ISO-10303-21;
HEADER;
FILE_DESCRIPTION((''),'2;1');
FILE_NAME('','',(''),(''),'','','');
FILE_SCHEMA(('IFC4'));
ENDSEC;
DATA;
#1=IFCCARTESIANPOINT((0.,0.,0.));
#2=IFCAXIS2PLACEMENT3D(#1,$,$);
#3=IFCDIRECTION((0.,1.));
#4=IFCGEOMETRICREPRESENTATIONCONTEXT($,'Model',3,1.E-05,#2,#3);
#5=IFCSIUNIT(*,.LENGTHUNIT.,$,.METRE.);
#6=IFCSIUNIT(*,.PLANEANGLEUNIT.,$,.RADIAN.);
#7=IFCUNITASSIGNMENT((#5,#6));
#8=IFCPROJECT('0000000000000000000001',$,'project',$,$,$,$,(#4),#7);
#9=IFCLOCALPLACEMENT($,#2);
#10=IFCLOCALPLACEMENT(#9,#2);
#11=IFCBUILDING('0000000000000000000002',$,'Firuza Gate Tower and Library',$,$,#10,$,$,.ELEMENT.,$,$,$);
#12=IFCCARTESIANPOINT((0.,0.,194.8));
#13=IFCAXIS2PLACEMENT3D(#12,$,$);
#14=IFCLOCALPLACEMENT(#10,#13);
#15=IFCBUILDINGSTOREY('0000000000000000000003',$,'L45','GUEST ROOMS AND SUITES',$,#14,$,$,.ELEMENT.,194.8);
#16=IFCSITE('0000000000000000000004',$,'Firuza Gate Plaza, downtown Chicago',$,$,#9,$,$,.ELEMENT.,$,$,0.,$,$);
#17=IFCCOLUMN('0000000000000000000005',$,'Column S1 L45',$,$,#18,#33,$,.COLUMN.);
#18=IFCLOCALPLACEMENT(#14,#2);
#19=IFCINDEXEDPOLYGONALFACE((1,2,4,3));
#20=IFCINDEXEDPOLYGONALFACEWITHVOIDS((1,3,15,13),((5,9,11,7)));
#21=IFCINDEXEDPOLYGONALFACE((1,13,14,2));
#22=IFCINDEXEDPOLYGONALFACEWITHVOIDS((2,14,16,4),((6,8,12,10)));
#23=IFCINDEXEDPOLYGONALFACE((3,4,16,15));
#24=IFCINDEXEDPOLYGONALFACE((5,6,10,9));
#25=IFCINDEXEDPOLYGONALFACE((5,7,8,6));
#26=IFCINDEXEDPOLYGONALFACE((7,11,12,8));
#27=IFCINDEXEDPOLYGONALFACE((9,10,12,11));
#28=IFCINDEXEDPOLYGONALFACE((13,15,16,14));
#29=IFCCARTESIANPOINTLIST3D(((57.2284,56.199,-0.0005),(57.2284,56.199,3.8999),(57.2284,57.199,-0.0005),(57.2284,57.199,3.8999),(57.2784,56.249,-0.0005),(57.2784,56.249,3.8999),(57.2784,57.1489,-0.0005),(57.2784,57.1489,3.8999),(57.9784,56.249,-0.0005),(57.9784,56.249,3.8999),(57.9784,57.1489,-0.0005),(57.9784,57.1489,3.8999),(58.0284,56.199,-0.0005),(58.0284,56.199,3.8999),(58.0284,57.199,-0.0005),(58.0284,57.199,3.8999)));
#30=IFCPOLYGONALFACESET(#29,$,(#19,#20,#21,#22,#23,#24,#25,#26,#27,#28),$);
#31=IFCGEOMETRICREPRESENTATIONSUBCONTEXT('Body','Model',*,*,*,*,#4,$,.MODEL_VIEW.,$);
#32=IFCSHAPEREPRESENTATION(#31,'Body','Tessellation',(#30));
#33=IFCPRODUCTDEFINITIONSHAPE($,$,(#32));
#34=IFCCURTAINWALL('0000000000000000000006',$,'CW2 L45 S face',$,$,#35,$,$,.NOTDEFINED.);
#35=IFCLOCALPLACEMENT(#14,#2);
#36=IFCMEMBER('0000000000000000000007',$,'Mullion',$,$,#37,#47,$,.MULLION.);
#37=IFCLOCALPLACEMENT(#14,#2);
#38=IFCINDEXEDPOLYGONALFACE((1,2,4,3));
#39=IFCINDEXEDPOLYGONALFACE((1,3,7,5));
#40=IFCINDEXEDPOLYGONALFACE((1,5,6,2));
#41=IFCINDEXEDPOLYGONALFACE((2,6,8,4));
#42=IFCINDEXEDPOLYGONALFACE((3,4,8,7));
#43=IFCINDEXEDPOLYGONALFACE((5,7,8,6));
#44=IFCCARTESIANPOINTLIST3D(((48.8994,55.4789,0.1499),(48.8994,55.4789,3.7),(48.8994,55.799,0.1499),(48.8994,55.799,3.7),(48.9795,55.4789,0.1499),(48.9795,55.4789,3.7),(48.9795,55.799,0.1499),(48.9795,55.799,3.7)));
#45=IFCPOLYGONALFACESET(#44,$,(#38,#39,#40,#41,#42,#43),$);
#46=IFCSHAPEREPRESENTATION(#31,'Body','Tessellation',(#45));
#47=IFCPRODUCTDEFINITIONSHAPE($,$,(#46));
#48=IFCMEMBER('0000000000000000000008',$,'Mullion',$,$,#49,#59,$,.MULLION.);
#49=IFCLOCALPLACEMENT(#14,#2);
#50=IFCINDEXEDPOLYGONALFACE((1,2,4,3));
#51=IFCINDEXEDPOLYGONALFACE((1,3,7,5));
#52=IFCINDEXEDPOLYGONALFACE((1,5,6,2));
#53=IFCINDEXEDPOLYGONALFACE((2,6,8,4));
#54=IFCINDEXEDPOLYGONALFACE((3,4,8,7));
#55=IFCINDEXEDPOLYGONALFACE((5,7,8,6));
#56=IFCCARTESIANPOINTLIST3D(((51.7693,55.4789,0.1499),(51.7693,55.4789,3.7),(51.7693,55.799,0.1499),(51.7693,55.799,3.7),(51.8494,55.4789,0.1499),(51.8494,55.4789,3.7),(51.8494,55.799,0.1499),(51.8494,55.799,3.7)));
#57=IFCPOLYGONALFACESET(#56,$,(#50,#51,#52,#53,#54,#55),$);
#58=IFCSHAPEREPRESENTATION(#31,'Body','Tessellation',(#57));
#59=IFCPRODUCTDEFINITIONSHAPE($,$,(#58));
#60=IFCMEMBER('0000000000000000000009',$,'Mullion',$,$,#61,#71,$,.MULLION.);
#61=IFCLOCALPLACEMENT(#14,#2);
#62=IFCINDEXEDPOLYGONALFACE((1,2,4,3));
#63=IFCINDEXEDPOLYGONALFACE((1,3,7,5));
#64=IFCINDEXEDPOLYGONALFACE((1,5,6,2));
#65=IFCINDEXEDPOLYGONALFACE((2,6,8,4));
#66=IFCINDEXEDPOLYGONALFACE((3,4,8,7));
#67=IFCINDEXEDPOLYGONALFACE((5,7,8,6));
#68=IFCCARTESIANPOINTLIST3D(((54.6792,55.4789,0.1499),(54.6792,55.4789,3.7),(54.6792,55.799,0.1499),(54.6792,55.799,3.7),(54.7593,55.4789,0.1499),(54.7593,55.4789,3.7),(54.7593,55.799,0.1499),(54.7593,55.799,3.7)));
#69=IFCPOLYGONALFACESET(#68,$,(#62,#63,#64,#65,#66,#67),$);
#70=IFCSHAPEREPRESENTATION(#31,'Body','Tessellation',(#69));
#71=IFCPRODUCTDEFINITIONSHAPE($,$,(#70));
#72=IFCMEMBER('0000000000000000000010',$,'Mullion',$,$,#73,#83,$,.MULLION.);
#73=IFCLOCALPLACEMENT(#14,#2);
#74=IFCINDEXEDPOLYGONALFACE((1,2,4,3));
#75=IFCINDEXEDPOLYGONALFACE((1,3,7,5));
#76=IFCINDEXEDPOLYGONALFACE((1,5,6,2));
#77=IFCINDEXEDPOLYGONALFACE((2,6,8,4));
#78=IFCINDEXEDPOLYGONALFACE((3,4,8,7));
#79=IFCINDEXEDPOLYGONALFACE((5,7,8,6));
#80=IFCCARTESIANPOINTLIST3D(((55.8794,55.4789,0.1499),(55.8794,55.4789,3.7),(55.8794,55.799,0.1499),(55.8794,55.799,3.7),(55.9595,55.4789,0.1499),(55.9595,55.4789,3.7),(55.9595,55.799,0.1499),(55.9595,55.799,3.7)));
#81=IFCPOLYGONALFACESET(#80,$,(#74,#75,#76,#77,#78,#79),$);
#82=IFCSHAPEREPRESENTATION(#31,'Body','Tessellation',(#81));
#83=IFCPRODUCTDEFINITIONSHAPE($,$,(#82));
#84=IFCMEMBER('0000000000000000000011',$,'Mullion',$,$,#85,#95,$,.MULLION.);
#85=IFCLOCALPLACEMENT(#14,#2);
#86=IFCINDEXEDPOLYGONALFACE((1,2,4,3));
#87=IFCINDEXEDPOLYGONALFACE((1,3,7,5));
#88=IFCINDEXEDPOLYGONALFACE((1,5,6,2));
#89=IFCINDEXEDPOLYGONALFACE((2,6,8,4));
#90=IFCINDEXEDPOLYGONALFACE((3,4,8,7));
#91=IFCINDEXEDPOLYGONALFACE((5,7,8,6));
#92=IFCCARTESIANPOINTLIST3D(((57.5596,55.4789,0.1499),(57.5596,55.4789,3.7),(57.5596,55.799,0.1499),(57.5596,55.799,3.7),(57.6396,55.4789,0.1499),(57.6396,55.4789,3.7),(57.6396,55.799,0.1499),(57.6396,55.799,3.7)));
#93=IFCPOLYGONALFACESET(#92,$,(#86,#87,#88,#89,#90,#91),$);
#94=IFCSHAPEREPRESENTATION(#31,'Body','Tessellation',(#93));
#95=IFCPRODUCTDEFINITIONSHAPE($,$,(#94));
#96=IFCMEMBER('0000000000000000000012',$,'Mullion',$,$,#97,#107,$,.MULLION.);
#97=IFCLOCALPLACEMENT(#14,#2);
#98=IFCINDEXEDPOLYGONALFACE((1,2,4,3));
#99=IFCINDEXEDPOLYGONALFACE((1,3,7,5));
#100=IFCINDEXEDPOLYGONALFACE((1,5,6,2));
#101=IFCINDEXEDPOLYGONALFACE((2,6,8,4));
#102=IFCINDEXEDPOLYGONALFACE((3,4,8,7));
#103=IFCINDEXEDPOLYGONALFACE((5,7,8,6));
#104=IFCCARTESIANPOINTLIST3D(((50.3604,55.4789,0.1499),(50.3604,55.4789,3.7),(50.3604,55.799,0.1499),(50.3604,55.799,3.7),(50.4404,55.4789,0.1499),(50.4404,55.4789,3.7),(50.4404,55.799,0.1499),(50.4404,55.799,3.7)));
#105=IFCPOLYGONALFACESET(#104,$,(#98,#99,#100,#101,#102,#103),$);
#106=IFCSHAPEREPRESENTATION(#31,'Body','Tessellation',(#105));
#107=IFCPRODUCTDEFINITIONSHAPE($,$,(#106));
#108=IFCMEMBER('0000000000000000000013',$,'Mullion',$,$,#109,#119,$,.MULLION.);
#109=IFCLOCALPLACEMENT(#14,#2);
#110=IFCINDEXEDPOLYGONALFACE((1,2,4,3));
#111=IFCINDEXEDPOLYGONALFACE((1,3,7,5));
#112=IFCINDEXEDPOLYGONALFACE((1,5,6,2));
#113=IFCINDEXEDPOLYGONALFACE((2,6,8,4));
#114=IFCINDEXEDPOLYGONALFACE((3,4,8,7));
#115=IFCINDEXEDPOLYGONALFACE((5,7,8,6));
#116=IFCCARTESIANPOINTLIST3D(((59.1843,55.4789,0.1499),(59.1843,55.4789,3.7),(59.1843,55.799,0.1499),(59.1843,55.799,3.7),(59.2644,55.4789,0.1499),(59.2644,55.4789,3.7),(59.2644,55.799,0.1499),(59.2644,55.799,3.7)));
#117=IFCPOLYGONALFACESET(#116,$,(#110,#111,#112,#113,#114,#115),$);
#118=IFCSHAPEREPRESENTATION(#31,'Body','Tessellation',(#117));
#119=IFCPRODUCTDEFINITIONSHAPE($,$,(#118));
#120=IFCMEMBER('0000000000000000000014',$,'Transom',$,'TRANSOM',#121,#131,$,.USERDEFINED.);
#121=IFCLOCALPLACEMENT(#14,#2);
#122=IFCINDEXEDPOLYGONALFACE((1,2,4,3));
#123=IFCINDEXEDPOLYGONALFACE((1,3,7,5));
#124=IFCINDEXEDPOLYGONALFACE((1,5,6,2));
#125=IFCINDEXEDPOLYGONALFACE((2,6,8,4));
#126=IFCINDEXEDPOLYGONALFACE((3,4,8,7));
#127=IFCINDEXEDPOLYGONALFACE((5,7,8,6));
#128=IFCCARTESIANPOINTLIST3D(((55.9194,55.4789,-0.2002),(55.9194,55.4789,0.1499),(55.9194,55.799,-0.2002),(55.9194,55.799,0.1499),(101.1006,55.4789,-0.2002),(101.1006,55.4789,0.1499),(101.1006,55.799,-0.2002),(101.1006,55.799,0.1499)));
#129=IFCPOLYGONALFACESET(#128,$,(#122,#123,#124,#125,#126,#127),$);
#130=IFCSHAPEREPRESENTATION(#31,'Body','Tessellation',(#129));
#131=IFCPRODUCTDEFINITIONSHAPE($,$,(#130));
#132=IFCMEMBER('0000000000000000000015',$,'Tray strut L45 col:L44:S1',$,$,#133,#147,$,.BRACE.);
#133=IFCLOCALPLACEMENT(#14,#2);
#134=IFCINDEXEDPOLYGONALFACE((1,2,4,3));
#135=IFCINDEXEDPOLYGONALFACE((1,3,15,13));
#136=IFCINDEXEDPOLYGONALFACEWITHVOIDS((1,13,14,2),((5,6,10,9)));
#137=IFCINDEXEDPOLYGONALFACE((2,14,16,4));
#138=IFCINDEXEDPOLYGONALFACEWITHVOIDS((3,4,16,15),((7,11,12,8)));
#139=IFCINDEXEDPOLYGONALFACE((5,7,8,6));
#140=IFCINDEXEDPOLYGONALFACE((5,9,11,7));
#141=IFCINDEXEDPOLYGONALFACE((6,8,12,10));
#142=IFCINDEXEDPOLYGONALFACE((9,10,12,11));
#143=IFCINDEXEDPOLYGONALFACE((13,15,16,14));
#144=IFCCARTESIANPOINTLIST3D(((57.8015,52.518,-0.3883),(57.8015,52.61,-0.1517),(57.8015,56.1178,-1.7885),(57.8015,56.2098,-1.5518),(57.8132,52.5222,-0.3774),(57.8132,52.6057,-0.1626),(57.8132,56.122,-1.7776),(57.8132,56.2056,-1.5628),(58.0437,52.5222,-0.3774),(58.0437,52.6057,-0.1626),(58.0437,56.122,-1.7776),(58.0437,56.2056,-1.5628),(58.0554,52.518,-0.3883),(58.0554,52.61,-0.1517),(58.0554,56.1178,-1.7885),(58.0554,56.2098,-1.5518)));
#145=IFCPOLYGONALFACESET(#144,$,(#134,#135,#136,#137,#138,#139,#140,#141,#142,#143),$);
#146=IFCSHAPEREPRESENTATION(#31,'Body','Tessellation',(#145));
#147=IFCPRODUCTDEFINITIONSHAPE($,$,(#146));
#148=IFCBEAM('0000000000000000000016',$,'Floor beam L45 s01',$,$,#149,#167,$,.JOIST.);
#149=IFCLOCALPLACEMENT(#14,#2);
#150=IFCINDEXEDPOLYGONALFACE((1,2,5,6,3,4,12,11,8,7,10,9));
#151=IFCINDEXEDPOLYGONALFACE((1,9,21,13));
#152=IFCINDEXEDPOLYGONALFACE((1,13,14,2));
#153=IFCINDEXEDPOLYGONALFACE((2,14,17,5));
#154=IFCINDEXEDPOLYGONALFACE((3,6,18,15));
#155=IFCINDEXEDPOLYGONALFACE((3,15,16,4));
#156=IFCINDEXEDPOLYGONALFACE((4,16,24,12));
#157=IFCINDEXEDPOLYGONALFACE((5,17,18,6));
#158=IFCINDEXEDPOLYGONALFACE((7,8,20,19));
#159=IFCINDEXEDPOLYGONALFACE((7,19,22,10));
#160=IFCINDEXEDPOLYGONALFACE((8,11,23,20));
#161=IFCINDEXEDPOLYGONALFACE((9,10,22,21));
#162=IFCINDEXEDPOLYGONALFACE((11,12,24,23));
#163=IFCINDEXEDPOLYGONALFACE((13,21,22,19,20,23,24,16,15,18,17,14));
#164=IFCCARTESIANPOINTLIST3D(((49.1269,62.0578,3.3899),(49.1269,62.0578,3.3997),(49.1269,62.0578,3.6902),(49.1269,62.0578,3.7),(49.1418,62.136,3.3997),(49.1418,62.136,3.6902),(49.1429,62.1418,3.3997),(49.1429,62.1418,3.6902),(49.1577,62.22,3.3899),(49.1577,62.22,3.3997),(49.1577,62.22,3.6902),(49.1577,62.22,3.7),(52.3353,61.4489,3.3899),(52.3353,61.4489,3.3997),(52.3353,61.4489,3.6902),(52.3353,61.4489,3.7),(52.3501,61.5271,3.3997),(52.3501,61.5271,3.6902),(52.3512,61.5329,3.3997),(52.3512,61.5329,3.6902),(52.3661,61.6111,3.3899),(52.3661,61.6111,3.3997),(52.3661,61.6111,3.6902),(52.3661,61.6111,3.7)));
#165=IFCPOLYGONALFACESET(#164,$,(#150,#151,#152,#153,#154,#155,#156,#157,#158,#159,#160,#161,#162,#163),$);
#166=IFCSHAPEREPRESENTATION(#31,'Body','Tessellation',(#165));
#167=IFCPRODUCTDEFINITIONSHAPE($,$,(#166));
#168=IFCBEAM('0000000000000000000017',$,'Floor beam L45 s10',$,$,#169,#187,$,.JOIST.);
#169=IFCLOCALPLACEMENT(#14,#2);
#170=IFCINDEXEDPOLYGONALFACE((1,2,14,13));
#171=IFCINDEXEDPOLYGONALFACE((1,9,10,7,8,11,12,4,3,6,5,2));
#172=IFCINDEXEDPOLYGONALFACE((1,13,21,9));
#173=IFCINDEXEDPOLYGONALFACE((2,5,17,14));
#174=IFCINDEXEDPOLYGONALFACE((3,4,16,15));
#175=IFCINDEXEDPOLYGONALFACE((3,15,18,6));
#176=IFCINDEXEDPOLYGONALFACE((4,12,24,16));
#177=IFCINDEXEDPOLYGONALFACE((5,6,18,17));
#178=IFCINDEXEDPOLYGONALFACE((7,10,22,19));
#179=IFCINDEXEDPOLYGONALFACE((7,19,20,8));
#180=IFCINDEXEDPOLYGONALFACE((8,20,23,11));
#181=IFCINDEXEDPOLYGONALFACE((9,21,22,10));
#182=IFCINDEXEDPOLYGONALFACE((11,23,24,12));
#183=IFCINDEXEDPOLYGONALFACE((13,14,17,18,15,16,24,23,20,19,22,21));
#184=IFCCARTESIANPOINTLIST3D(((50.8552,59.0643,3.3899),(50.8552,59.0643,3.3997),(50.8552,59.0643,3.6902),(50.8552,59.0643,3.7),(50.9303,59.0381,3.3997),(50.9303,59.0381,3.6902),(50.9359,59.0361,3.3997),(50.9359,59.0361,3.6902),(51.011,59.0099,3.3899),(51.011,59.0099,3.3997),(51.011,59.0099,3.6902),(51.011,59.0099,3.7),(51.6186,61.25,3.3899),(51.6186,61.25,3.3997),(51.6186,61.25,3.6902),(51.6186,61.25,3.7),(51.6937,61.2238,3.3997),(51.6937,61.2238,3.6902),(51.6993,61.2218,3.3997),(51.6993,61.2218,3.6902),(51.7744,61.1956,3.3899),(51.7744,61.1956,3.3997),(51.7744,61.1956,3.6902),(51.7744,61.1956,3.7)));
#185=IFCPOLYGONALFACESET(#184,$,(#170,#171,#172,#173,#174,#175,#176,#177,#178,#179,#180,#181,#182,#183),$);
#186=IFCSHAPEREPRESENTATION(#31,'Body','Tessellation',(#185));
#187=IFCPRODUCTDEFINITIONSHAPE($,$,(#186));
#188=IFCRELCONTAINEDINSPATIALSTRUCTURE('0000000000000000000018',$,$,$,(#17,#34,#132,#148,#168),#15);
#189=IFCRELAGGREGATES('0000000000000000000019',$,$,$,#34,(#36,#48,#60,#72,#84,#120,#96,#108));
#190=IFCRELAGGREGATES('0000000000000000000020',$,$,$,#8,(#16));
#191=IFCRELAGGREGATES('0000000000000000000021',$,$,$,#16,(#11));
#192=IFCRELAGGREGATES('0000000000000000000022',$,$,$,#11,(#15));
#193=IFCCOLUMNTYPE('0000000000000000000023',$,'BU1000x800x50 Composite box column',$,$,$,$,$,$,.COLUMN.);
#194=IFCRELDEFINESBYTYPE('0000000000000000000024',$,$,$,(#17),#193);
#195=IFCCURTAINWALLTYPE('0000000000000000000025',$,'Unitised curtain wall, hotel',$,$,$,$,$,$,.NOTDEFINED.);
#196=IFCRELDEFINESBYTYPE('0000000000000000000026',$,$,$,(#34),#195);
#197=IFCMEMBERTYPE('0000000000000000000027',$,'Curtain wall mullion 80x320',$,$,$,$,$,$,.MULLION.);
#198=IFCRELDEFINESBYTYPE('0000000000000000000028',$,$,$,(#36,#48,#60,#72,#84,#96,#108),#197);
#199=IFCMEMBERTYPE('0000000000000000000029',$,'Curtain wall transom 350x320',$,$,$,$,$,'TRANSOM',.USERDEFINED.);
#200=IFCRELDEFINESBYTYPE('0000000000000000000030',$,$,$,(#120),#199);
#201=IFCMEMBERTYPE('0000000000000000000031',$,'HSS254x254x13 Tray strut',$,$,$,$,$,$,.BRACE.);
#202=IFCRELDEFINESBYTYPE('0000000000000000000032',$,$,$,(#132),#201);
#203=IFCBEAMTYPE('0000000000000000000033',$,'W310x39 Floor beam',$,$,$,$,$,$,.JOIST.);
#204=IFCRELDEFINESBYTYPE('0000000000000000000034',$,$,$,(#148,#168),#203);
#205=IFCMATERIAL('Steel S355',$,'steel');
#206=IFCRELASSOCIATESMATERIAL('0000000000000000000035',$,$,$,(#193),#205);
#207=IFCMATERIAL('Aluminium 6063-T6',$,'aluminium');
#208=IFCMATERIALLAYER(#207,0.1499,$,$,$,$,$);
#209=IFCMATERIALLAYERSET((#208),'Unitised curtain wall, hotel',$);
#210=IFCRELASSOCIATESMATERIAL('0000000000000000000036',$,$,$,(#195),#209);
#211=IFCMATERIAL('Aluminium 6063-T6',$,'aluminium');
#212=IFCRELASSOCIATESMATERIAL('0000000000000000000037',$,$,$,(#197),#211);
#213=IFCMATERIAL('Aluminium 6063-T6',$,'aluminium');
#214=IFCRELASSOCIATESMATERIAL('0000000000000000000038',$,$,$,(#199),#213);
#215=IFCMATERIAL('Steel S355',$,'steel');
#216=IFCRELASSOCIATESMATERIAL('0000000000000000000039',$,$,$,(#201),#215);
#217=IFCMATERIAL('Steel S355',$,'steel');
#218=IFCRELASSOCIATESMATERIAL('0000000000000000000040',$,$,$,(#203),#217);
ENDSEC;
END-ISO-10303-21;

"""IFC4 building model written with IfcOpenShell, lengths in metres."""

from ifc_helpers import new_model, si_unit, direction, frame, origin, origin_2d, place, context, subcontext, project, spatial, rectangle, hollow_rectangle, i_section, extrude, material, layer, layer_set, material_profile, profile_set, type_object, element, aggregate, save


model = new_model("IFC4")

# Units and contexts
model_context = context("Model", 3, precision=1e-05, world=origin(), true_north=direction((0.0, 1.0)))
body_context = subcontext(model_context, "Body", "Model", "MODEL_VIEW")
ifc_project = project(units=[si_unit("LENGTHUNIT", "METRE"), si_unit("PLANEANGLEUNIT", "RADIAN")], contexts=[model_context])

# Site, building, storey
site_placement = place(None, origin())
site = spatial("IfcSite", under=ifc_project, at=site_placement, Name="Firuza Gate Plaza, downtown Chicago", CompositionType="ELEMENT", RefElevation=0.0)
building_placement = place(site_placement, origin())
building = spatial("IfcBuilding", under=site, at=building_placement, Name="Firuza Gate Tower and Library", CompositionType="ELEMENT")
storey_placement = place(building_placement, frame((0.0, 0.0, 194.8)))
storey = spatial("IfcBuildingStorey", under=building, at=storey_placement, Name="L45", Description="GUEST ROOMS AND SUITES", CompositionType="ELEMENT", Elevation=194.8)

# Column
ifc_material_1 = material(Name="Steel S355", Category="steel")
ifc_material_profile_1 = material_profile(ifc_material_1, hollow_rectangle(XDim=0.8, YDim=1.0, WallThickness=0.05, at=origin_2d()))
ifc_profile_set_1 = profile_set([ifc_material_profile_1], Name="Steel S355")
column_type = type_object("IfcColumnType", Name="BU1000x800x50 Composite box column", PredefinedType="COLUMN", material=ifc_profile_set_1)
column_placement = place(storey_placement, frame((57.6284, 56.699, -0.0005), z_axis=(0.0, 0.0, 1.0), x_axis=(1.0, 0.0, 0.0)))
element("IfcColumn", 1, at=column_placement, inside=storey, type_object=column_type, Name="Column S1 L45", PredefinedType="COLUMN", context=body_context, shape_type="SweptSolid", body=[
    extrude(hollow_rectangle(XDim=0.8, YDim=1.0, WallThickness=0.05, at=origin_2d()), origin(), (0.0, 0.0, 1.0), 3.9004),
])

# Curtain wall, members
ifc_material_2 = material(Name="Aluminium 6063-T6", Category="aluminium")
ifc_layer_1 = layer(ifc_material_2, 0.1499)
ifc_layer_set_1 = layer_set([ifc_layer_1], Name="Unitised curtain wall, hotel")
curtain_wall_type = type_object("IfcCurtainWallType", Name="Unitised curtain wall, hotel", PredefinedType="NOTDEFINED", material=ifc_layer_set_1)
curtain_wall_placement = place(storey_placement, origin())
curtain_wall = element("IfcCurtainWall", 2, at=curtain_wall_placement, inside=storey, type_object=curtain_wall_type, Name="CW2 L45 S face", PredefinedType="NOTDEFINED")
ifc_material_3 = material(Name="Aluminium 6063-T6", Category="aluminium")
ifc_material_profile_2 = material_profile(ifc_material_3, rectangle(XDim=0.3201, YDim=0.0801, at=origin_2d()))
ifc_profile_set_2 = profile_set([ifc_material_profile_2], Name="Aluminium 6063-T6")
member_type_1 = type_object("IfcMemberType", Name="Curtain wall mullion 80x320", PredefinedType="MULLION", material=ifc_profile_set_2)
member_1_placement = place(storey_placement, frame((48.9395, 55.6389, 0.1499), z_axis=(0.0, 0.0, 1.0), x_axis=(0.0, 1.0, 0.0)))
member_1 = element("IfcMember", 3, at=member_1_placement, type_object=member_type_1, Name="Mullion", PredefinedType="MULLION", context=body_context, shape_type="SweptSolid", body=[
    extrude(rectangle(XDim=0.3201, YDim=0.0801, at=origin_2d()), origin(), (0.0, 0.0, 1.0), 3.55),
])
member_2_placement = place(storey_placement, frame((51.8093, 55.6389, 0.1499), z_axis=(0.0, 0.0, 1.0), x_axis=(0.0, 1.0, 0.0)))
member_2 = element("IfcMember", 4, at=member_2_placement, type_object=member_type_1, Name="Mullion", PredefinedType="MULLION", context=body_context, shape_type="SweptSolid", body=[
    extrude(rectangle(XDim=0.3201, YDim=0.0801, at=origin_2d()), origin(), (0.0, 0.0, 1.0), 3.55),
])
member_3_placement = place(storey_placement, frame((54.7192, 55.6389, 0.1499), z_axis=(0.0, 0.0, 1.0), x_axis=(0.0, 1.0, 0.0)))
member_3 = element("IfcMember", 5, at=member_3_placement, type_object=member_type_1, Name="Mullion", PredefinedType="MULLION", context=body_context, shape_type="SweptSolid", body=[
    extrude(rectangle(XDim=0.3201, YDim=0.0801, at=origin_2d()), origin(), (0.0, 0.0, 1.0), 3.55),
])
member_4_placement = place(storey_placement, frame((55.9194, 55.6389, 0.1499), z_axis=(0.0, 0.0, 1.0), x_axis=(0.0, 1.0, 0.0)))
member_4 = element("IfcMember", 6, at=member_4_placement, type_object=member_type_1, Name="Mullion", PredefinedType="MULLION", context=body_context, shape_type="SweptSolid", body=[
    extrude(rectangle(XDim=0.3201, YDim=0.0801, at=origin_2d()), origin(), (0.0, 0.0, 1.0), 3.55),
])
member_5_placement = place(storey_placement, frame((57.5996, 55.6389, 0.1499), z_axis=(0.0, 0.0, 1.0), x_axis=(0.0, 1.0, 0.0)))
member_5 = element("IfcMember", 7, at=member_5_placement, type_object=member_type_1, Name="Mullion", PredefinedType="MULLION", context=body_context, shape_type="SweptSolid", body=[
    extrude(rectangle(XDim=0.3201, YDim=0.0801, at=origin_2d()), origin(), (0.0, 0.0, 1.0), 3.55),
])
member_6_placement = place(storey_placement, frame((50.4004, 55.6389, 0.1499), z_axis=(0.0, 0.0, 1.0), x_axis=(0.0, 1.0, 0.0)))
member_6 = element("IfcMember", 8, at=member_6_placement, type_object=member_type_1, Name="Mullion", PredefinedType="MULLION", context=body_context, shape_type="SweptSolid", body=[
    extrude(rectangle(XDim=0.3201, YDim=0.0801, at=origin_2d()), origin(), (0.0, 0.0, 1.0), 3.55),
])
member_7_placement = place(storey_placement, frame((59.2244, 55.6389, 0.1499), z_axis=(0.0, 0.0, 1.0), x_axis=(0.0, 1.0, 0.0)))
member_7 = element("IfcMember", 9, at=member_7_placement, type_object=member_type_1, Name="Mullion", PredefinedType="MULLION", context=body_context, shape_type="SweptSolid", body=[
    extrude(rectangle(XDim=0.3201, YDim=0.0801, at=origin_2d()), origin(), (0.0, 0.0, 1.0), 3.55),
])
ifc_material_4 = material(Name="Aluminium 6063-T6", Category="aluminium")
ifc_material_profile_3 = material_profile(ifc_material_4, rectangle(XDim=0.3201, YDim=0.3501, at=origin_2d()))
ifc_profile_set_3 = profile_set([ifc_material_profile_3], Name="Aluminium 6063-T6")
member_type_2 = type_object("IfcMemberType", Name="Curtain wall transom 350x320", ElementType="TRANSOM", PredefinedType="USERDEFINED", material=ifc_profile_set_3)
member_8_placement = place(storey_placement, frame((55.9194, 55.6389, -0.0251), z_axis=(1.0, 0.0, 0.0), x_axis=(0.0, 1.0, 0.0)))
member_8 = element("IfcMember", 10, at=member_8_placement, type_object=member_type_2, Name="Transom", ObjectType="TRANSOM", PredefinedType="USERDEFINED", context=body_context, shape_type="SweptSolid", body=[
    extrude(rectangle(XDim=0.3201, YDim=0.3501, at=origin_2d()), origin(), (0.0, 0.0, 1.0), 45.1812),
])

# Member
ifc_material_5 = material(Name="Steel S355", Category="steel")
ifc_material_profile_4 = material_profile(ifc_material_5, hollow_rectangle(XDim=0.2539, YDim=0.2539, WallThickness=0.0117, at=origin_2d()))
ifc_profile_set_4 = profile_set([ifc_material_profile_4], Name="Steel S355")
member_type_3 = type_object("IfcMemberType", Name="HSS254x254x13 Tray strut", PredefinedType="BRACE", material=ifc_profile_set_4)
member_9_placement = place(storey_placement, frame((57.9285, 56.1638, -1.6702), z_axis=(0.0, -0.931987, 0.362492), x_axis=(1.0, 0.0, 0.0)))
element("IfcMember", 11, at=member_9_placement, inside=storey, type_object=member_type_3, Name="Tray strut L45 col:L44:S1", PredefinedType="BRACE", context=body_context, shape_type="SweptSolid", body=[
    extrude(hollow_rectangle(XDim=0.2539, YDim=0.2539, WallThickness=0.0117, at=origin_2d()), origin(), (0.0, 0.0, 1.0), 3.8625),
])

# Beams
ifc_material_6 = material(Name="Steel S355", Category="steel")
ifc_material_profile_5 = material_profile(ifc_material_6, i_section(OverallWidth=0.165, OverallDepth=0.3101, WebThickness=0.0059, FlangeThickness=0.0098, at=origin_2d()))
ifc_profile_set_5 = profile_set([ifc_material_profile_5], Name="Steel S355")
beam_type_1 = type_object("IfcBeamType", Name="W310x39 Floor beam", PredefinedType="JOIST", material=ifc_profile_set_5)
beam_1_placement = place(storey_placement, frame((49.1423, 62.1389, 3.5449), z_axis=(0.982463, -0.186459, 0.0), x_axis=(0.186459, 0.982463, 0.0)))
element("IfcBeam", 12, at=beam_1_placement, inside=storey, type_object=beam_type_1, Name="Floor beam L45 s01", PredefinedType="JOIST", context=body_context, shape_type="SweptSolid", body=[
    extrude(i_section(OverallWidth=0.165, OverallDepth=0.3101, WebThickness=0.0059, FlangeThickness=0.0098, at=origin_2d()), origin(), (0.0, 0.0, 1.0), 3.2656),
])
beam_2_placement = place(storey_placement, frame((50.9331, 59.0371, 3.5449), z_axis=(0.329735, 0.944074, 0.0), x_axis=(-0.944074, 0.329735, 0.0)))
element("IfcBeam", 13, at=beam_2_placement, inside=storey, type_object=beam_type_1, Name="Floor beam L45 s10", PredefinedType="JOIST", context=body_context, shape_type="SweptSolid", body=[
    extrude(i_section(OverallWidth=0.165, OverallDepth=0.3101, WebThickness=0.0059, FlangeThickness=0.0098, at=origin_2d()), origin(), (0.0, 0.0, 1.0), 2.3152),
])

aggregate(curtain_wall, [member_1, member_2, member_3, member_4, member_5, member_8, member_6, member_7])

save(model, "model.ifc")
